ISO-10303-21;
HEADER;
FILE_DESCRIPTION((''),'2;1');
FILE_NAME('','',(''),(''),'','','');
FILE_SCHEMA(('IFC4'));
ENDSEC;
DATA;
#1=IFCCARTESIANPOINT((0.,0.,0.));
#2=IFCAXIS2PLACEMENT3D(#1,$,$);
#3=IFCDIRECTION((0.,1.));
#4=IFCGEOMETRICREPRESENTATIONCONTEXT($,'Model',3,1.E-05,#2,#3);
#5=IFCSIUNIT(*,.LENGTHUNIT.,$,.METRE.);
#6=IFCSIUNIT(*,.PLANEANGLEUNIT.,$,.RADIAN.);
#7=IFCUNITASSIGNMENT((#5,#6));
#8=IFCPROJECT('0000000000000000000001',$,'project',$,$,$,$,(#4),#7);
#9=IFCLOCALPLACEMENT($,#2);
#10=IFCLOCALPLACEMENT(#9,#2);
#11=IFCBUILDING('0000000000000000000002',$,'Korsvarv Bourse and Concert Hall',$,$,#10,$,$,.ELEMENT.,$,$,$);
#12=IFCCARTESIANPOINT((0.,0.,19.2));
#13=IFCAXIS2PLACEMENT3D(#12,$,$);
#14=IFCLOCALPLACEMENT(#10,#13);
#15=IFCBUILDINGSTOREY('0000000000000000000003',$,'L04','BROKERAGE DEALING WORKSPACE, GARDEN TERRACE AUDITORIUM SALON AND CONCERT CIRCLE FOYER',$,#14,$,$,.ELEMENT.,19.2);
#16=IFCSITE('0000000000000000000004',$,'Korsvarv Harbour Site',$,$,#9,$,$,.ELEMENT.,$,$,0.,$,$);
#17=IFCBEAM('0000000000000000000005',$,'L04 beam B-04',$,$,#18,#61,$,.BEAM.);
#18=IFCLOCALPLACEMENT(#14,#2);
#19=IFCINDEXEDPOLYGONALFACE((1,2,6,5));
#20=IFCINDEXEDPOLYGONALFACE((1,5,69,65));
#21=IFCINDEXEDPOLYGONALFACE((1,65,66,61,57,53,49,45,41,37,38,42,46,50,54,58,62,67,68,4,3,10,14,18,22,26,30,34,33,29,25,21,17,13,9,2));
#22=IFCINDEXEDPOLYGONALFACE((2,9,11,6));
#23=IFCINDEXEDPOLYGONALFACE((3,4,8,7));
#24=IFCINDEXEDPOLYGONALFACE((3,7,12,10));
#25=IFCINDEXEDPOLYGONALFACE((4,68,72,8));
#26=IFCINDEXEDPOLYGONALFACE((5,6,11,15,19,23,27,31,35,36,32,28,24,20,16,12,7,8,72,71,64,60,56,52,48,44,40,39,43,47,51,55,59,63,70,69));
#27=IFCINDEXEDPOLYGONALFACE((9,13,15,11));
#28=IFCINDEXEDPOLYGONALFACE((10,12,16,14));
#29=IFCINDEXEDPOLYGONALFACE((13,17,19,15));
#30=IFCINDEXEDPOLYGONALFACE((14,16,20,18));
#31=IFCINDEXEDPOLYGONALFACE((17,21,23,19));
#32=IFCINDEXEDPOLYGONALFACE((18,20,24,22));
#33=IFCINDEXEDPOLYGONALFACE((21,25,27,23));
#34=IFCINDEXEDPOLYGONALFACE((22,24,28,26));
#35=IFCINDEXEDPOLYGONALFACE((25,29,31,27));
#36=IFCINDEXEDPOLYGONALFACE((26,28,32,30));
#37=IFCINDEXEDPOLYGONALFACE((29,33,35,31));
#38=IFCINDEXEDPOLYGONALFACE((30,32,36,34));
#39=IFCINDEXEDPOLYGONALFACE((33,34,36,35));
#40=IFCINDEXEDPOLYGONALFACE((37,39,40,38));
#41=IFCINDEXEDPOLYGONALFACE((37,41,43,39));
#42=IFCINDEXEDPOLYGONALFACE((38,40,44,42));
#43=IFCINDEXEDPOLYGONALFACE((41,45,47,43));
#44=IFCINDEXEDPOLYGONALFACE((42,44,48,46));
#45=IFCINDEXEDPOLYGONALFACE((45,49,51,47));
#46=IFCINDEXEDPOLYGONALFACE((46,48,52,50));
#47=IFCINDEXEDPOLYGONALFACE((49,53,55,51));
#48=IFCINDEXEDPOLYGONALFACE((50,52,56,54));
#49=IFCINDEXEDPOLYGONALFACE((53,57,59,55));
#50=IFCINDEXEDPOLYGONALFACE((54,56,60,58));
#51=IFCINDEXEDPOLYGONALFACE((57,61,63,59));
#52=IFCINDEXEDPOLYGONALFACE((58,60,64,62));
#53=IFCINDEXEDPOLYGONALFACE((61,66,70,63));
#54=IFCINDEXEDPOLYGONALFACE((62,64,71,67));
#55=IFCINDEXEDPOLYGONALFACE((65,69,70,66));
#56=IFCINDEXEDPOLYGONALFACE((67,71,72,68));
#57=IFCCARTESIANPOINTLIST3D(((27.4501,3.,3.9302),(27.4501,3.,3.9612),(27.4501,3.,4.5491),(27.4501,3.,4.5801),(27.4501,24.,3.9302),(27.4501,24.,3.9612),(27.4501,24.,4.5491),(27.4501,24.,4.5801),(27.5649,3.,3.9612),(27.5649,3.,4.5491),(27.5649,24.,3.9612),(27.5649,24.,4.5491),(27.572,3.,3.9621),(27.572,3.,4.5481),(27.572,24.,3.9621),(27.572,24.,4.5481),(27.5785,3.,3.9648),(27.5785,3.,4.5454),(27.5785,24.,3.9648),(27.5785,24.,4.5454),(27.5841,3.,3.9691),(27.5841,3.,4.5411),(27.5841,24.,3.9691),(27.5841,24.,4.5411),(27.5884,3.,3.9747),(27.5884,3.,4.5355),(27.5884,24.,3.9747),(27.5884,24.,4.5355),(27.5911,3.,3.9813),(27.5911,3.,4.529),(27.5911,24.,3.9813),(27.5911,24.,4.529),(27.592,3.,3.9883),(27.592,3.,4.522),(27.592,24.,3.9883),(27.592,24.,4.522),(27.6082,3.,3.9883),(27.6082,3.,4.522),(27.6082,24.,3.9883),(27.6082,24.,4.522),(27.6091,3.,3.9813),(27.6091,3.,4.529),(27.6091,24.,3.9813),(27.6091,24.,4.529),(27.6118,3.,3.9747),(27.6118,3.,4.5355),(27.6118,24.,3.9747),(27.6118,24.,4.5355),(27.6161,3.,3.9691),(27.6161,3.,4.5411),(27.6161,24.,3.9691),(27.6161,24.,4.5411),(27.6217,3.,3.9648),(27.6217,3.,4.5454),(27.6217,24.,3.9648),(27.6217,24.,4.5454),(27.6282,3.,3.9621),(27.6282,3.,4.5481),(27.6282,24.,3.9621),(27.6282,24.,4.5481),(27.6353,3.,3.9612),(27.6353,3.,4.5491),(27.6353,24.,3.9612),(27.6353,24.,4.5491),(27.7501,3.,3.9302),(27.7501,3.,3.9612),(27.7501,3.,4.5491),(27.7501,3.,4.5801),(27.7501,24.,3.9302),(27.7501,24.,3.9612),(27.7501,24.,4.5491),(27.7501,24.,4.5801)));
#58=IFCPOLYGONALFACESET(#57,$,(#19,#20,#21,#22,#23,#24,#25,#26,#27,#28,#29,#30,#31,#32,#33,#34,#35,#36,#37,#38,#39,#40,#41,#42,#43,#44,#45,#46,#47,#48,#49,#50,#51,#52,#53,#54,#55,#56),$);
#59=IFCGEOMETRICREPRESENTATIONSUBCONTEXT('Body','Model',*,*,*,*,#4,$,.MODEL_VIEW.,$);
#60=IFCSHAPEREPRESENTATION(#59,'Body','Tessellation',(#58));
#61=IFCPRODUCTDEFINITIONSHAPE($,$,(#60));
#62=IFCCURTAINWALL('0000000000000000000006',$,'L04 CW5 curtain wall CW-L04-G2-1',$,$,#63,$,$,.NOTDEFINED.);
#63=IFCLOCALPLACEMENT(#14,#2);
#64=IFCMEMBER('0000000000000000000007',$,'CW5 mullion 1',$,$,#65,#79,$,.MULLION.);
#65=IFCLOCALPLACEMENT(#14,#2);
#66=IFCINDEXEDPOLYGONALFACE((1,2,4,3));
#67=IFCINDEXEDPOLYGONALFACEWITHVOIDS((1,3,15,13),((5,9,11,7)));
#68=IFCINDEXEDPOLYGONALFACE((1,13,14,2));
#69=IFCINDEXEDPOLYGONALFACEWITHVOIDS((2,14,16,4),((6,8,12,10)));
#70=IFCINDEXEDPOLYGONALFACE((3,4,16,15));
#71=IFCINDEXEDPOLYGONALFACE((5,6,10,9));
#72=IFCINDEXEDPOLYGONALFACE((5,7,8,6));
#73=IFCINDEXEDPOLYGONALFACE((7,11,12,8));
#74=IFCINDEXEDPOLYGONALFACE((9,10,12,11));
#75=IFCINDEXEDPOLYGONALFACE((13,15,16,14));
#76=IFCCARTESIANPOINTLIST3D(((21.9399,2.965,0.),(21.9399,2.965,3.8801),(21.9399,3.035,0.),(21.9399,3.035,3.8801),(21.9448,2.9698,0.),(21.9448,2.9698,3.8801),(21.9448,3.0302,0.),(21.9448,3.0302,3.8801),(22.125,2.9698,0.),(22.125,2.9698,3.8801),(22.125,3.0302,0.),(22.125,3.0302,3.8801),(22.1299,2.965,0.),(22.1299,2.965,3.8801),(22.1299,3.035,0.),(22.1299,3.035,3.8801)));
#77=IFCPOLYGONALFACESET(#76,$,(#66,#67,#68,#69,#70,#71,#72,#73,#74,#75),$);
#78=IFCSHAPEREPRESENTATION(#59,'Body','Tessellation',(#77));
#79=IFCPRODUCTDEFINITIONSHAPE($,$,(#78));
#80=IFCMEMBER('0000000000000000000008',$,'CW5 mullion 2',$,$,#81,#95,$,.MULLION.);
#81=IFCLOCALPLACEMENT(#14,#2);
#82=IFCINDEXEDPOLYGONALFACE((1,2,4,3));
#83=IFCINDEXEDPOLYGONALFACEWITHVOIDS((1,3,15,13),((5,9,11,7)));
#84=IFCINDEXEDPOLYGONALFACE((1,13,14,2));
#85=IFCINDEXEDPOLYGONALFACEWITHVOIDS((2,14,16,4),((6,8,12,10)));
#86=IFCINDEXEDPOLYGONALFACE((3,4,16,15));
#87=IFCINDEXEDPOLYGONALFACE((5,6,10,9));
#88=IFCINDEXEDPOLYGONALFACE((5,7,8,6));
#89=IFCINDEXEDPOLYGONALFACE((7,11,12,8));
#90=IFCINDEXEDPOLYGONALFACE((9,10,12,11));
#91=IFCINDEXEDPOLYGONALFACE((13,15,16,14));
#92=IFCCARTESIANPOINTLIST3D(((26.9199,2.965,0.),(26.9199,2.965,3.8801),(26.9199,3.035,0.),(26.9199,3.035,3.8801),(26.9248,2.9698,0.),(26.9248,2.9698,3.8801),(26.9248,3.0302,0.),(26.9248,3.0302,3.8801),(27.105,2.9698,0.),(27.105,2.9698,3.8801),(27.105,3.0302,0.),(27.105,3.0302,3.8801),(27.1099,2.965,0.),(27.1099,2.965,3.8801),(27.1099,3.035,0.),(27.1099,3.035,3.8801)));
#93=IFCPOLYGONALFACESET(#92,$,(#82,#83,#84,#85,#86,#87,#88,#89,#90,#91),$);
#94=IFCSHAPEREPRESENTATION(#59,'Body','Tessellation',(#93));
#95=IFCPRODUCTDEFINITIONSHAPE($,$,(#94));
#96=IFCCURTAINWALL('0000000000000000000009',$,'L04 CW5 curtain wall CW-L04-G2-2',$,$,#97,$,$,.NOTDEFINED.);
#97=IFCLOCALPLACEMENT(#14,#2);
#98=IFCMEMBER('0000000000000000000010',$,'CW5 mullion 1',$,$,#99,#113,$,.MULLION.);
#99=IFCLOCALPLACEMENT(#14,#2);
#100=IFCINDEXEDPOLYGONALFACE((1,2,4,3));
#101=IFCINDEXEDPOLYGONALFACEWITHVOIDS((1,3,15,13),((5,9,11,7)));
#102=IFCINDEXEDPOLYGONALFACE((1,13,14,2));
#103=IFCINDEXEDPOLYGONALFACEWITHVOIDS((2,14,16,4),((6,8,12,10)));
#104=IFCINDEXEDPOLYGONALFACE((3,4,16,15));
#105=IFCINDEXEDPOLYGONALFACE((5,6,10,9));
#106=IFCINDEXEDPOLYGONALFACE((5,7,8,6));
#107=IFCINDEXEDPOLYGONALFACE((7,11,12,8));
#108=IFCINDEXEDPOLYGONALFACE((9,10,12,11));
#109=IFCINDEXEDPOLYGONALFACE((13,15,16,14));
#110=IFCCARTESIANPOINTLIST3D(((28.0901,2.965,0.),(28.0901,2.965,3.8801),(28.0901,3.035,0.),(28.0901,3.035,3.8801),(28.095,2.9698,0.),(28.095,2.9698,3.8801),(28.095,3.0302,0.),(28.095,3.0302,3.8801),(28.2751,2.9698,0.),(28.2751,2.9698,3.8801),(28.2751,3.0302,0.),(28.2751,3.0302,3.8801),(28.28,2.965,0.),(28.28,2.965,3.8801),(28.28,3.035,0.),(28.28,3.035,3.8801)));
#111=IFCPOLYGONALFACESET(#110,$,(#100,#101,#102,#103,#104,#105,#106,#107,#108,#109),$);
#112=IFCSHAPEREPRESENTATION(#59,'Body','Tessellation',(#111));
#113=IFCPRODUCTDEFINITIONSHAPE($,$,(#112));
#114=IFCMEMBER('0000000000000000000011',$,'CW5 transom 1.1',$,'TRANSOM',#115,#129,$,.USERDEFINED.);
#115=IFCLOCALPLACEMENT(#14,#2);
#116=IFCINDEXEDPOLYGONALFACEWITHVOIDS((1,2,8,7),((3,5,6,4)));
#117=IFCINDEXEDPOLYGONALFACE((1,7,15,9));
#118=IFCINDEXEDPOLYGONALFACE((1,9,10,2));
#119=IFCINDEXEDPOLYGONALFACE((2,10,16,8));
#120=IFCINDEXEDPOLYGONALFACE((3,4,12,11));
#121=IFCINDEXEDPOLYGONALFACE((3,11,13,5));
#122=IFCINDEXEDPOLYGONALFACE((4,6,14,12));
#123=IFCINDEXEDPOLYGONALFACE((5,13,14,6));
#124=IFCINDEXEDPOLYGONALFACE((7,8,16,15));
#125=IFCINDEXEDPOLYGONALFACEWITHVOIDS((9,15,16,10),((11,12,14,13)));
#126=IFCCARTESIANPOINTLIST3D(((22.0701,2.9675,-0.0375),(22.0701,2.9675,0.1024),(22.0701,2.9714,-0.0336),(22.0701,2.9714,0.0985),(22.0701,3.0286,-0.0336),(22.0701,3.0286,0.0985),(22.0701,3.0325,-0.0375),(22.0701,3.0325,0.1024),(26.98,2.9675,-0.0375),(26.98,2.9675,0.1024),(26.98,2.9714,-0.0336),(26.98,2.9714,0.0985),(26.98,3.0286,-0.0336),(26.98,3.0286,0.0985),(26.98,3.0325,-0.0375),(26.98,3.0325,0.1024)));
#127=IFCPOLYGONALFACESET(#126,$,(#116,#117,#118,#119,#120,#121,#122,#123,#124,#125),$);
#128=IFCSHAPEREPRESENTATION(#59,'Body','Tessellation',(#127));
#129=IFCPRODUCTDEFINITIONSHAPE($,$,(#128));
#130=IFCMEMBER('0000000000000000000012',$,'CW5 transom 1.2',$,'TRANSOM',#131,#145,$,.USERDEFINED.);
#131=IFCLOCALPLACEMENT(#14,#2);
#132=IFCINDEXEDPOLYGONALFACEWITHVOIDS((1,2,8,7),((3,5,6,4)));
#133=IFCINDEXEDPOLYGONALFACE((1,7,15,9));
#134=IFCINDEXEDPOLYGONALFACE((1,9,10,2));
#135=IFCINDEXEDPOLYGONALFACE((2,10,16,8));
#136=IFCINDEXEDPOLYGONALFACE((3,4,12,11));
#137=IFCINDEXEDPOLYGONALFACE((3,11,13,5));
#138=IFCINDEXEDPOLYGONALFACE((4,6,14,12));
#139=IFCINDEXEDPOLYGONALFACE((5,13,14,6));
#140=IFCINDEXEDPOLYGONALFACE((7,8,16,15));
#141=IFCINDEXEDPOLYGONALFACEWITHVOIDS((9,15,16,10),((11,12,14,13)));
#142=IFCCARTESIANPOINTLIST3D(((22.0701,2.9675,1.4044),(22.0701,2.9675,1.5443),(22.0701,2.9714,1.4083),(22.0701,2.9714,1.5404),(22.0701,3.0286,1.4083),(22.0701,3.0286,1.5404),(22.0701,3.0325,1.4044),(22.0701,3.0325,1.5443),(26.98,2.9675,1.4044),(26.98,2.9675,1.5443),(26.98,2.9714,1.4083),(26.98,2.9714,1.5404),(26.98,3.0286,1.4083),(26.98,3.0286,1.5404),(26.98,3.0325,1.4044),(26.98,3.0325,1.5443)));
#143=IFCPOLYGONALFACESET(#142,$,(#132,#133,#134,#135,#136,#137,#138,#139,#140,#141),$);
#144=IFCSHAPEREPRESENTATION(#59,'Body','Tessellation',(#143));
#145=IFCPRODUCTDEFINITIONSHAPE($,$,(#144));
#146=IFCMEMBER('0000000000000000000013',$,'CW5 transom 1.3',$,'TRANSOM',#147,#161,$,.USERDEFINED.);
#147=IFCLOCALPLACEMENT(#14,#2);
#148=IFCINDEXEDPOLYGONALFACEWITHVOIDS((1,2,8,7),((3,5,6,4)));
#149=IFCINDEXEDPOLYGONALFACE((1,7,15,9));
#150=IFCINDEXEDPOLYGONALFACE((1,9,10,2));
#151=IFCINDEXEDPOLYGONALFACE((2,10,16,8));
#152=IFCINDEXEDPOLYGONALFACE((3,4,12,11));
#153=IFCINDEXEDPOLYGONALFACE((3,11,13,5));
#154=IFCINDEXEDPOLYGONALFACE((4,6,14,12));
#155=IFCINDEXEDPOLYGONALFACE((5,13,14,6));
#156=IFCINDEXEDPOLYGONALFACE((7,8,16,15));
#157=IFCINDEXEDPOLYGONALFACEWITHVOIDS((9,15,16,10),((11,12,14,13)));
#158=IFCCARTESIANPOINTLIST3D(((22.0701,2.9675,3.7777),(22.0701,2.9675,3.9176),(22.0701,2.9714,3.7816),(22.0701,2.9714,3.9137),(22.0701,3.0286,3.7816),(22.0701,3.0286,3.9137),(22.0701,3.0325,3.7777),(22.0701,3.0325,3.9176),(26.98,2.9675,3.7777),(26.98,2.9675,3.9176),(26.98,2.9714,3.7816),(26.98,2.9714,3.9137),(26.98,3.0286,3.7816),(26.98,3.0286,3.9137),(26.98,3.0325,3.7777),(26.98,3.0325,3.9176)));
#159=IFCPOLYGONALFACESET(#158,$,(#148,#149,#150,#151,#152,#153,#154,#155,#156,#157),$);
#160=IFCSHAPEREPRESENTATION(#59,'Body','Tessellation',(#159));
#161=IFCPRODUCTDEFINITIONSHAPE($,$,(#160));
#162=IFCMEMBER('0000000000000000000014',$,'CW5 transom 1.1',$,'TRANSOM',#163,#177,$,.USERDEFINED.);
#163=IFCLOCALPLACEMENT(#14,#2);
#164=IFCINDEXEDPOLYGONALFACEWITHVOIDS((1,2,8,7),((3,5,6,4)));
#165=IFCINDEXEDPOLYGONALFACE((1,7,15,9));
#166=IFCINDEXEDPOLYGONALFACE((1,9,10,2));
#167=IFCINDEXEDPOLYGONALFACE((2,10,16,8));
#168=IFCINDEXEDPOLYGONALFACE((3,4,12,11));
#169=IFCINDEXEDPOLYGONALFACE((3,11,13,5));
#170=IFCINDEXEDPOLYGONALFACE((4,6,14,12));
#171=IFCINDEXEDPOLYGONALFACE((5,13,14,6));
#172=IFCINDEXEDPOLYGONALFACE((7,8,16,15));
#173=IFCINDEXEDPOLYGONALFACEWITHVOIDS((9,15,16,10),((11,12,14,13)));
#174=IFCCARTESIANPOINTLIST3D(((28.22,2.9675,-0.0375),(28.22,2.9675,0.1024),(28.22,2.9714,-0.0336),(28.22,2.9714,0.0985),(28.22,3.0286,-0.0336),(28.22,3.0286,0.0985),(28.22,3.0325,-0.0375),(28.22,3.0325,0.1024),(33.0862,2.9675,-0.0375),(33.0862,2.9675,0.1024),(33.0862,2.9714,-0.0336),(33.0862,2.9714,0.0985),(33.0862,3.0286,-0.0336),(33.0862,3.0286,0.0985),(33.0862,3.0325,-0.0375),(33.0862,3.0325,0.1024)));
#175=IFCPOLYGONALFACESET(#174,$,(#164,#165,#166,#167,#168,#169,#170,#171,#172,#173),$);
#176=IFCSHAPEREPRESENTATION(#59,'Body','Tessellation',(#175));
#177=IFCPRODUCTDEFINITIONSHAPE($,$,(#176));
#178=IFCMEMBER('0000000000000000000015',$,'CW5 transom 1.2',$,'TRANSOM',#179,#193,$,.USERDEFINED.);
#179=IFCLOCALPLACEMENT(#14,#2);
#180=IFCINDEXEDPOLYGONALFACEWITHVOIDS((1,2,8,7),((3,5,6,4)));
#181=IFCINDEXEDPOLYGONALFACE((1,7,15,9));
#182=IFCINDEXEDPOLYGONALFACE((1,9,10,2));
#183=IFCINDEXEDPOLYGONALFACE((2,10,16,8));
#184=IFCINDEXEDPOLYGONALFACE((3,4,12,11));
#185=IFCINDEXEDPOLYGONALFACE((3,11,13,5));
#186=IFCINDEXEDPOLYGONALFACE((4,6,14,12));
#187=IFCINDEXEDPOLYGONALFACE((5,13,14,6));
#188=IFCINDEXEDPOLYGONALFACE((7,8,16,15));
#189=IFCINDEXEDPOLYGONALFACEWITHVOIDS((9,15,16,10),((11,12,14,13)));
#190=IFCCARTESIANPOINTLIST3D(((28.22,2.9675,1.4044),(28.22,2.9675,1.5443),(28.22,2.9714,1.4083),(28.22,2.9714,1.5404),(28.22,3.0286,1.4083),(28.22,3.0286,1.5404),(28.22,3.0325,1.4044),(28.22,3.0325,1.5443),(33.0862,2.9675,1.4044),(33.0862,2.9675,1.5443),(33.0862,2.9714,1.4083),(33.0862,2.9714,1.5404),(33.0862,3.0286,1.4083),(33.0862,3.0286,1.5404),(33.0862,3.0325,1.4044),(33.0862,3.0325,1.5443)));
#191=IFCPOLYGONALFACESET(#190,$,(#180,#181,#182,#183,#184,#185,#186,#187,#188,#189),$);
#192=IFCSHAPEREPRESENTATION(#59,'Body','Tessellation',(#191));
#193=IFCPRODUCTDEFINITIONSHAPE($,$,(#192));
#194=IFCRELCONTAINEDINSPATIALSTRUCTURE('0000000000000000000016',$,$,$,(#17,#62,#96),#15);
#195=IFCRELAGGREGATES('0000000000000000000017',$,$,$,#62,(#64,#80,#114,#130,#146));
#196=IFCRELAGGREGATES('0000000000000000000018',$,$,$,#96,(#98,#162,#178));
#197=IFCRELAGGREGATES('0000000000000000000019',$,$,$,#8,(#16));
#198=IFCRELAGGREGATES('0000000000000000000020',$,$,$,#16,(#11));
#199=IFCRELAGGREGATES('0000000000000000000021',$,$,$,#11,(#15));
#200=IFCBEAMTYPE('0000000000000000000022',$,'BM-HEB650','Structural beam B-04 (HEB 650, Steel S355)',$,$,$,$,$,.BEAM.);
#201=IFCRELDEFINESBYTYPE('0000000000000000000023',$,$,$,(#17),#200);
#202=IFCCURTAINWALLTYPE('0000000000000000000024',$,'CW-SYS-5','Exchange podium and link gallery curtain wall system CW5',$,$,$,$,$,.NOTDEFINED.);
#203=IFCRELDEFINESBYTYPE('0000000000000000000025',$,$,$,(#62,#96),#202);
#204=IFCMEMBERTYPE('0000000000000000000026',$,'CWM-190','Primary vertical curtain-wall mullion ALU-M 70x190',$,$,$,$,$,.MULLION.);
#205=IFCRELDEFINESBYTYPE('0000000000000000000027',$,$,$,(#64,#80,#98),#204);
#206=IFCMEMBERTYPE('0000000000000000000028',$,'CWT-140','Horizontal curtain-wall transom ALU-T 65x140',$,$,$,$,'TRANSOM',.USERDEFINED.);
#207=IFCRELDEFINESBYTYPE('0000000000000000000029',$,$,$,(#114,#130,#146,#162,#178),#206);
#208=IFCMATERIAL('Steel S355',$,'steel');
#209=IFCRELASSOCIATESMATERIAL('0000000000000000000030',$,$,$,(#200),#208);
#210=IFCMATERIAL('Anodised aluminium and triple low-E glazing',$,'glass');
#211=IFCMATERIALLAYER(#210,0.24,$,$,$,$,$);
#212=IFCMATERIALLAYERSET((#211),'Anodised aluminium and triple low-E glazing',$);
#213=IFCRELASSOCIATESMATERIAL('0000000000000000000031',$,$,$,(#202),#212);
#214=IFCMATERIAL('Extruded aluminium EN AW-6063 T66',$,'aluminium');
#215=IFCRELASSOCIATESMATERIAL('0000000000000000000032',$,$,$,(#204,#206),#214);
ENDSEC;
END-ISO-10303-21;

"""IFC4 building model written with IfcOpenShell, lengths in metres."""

from ifc_helpers import new_model, si_unit, direction, frame, origin, origin_2d, place, context, subcontext, project, spatial, hollow_rectangle, i_section, extrude, source, transform, mapped, material, layer, layer_set, material_profile, profile_set, type_object, element, aggregate, save


model = new_model("IFC4")

# Units and contexts
model_context = context("Model", 3, precision=1e-05, world=origin(), true_north=direction((0.0, 1.0)))
body_context = subcontext(model_context, "Body", "Model", "MODEL_VIEW")
ifc_project = project(units=[si_unit("LENGTHUNIT", "METRE"), si_unit("PLANEANGLEUNIT", "RADIAN")], contexts=[model_context])

# Site, building, storey
site_placement = place(None, origin())
site = spatial("IfcSite", under=ifc_project, at=site_placement, Name="Korsvarv Harbour Site", CompositionType="ELEMENT", RefElevation=0.0)
building_placement = place(site_placement, origin())
building = spatial("IfcBuilding", under=site, at=building_placement, Name="Korsvarv Bourse and Concert Hall", CompositionType="ELEMENT")
storey_placement = place(building_placement, frame((0.0, 0.0, 19.2)))
storey = spatial("IfcBuildingStorey", under=building, at=storey_placement, Name="L04", Description="BROKERAGE DEALING WORKSPACE, GARDEN TERRACE AUDITORIUM SALON AND CONCERT CIRCLE FOYER", CompositionType="ELEMENT", Elevation=19.2)

# Beam
ifc_material_1 = material(Name="Steel S355", Category="steel")
ifc_material_profile_1 = material_profile(ifc_material_1, i_section(OverallWidth=0.3, OverallDepth=0.6499, WebThickness=0.0161, FlangeThickness=0.031, FilletRadius=0.0271, at=origin_2d()), Name="HEB 650")
ifc_profile_set_1 = profile_set([ifc_material_profile_1], Name="Steel S355")
beam_type_1 = type_object("IfcBeamType", Name="BM-HEB650", Description="Structural beam B-04 (HEB 650, Steel S355)", PredefinedType="BEAM", material=ifc_profile_set_1)
shared_shape_1 = source(origin(), body_context, "Body", "SweptSolid", [
    extrude(i_section(OverallWidth=0.3, OverallDepth=0.6499, WebThickness=0.0161, FlangeThickness=0.031, FilletRadius=0.0271, at=origin_2d()), origin(), (0.0, 0.0, 1.0), 21.0),
])
beam_1_placement = place(storey_placement, frame((27.6001, 3.0, 4.2551), z_axis=(0.0, 1.0, 0.0), x_axis=(-1.0, 0.0, 0.0)))
element("IfcBeam", 1, at=beam_1_placement, inside=storey, type_object=beam_type_1, Name="L04 beam B-04", PredefinedType="BEAM", context=body_context, shape_type="MappedRepresentation", body=[
    mapped(shared_shape_1, transform((0.0, 0.0, 0.0), scale=1.0)),
])

# Curtain wall, members
ifc_material_2 = material(Name="Anodised aluminium and triple low-E glazing", Category="glass")
ifc_layer_1 = layer(ifc_material_2, 0.24)
ifc_layer_set_1 = layer_set([ifc_layer_1], Name="Anodised aluminium and triple low-E glazing")
curtain_wall_type = type_object("IfcCurtainWallType", Name="CW-SYS-5", Description="Exchange podium and link gallery curtain wall system CW5", PredefinedType="NOTDEFINED", material=ifc_layer_set_1)
curtain_wall_1_placement = place(storey_placement, origin())
curtain_wall_1 = element("IfcCurtainWall", 2, at=curtain_wall_1_placement, inside=storey, type_object=curtain_wall_type, Name="L04 CW5 curtain wall CW-L04-G2-1", PredefinedType="NOTDEFINED")
ifc_material_3 = material(Name="Extruded aluminium EN AW-6063 T66", Category="aluminium")
ifc_material_profile_2 = material_profile(ifc_material_3, hollow_rectangle(XDim=0.0701, YDim=0.1899, WallThickness=0.0049, at=origin_2d()), Name="ALU-M 70x190")
ifc_profile_set_2 = profile_set([ifc_material_profile_2], Name="Extruded aluminium EN AW-6063 T66")
member_type_1 = type_object("IfcMemberType", Name="CWM-190", Description="Primary vertical curtain-wall mullion ALU-M 70x190", PredefinedType="MULLION", material=ifc_profile_set_2)
shared_shape_2 = source(origin(), body_context, "Body", "SweptSolid", [
    extrude(hollow_rectangle(XDim=0.0701, YDim=0.1899, WallThickness=0.0049, at=origin_2d()), origin(), (0.0, 0.0, 1.0), 3.8801),
])
member_1_placement = place(storey_placement, frame((22.0349, 3.0, 0.0), z_axis=(0.0, 0.0, 1.0), x_axis=(0.0, 1.0, 0.0)))
member_1 = element("IfcMember", 3, at=member_1_placement, type_object=member_type_1, Name="CW5 mullion 1", PredefinedType="MULLION", context=body_context, shape_type="MappedRepresentation", body=[
    mapped(shared_shape_2, transform((0.0, 0.0, 0.0), scale=1.0)),
])
member_2_placement = place(storey_placement, frame((27.0149, 3.0, 0.0), z_axis=(0.0, 0.0, 1.0), x_axis=(0.0, 1.0, 0.0)))
member_2 = element("IfcMember", 4, at=member_2_placement, type_object=member_type_1, Name="CW5 mullion 2", PredefinedType="MULLION", context=body_context, shape_type="MappedRepresentation", body=[
    mapped(shared_shape_2, transform((0.0, 0.0, 0.0), scale=1.0)),
])

# Curtain wall, member
curtain_wall_2_placement = place(storey_placement, origin())
curtain_wall_2 = element("IfcCurtainWall", 5, at=curtain_wall_2_placement, inside=storey, type_object=curtain_wall_type, Name="L04 CW5 curtain wall CW-L04-G2-2", PredefinedType="NOTDEFINED")
member_3_placement = place(storey_placement, frame((28.1851, 3.0, 0.0), z_axis=(0.0, 0.0, 1.0), x_axis=(0.0, 1.0, 0.0)))
member_3 = element("IfcMember", 6, at=member_3_placement, type_object=member_type_1, Name="CW5 mullion 1", PredefinedType="MULLION", context=body_context, shape_type="MappedRepresentation", body=[
    mapped(shared_shape_2, transform((0.0, 0.0, 0.0), scale=1.0)),
])

# Members
ifc_material_profile_3 = material_profile(ifc_material_3, hollow_rectangle(XDim=0.0649, YDim=0.1399, WallThickness=0.0039, at=origin_2d()), Name="ALU-T 65x140")
ifc_profile_set_3 = profile_set([ifc_material_profile_3], Name="Extruded aluminium EN AW-6063 T66")
member_type_2 = type_object("IfcMemberType", Name="CWT-140", Description="Horizontal curtain-wall transom ALU-T 65x140", ElementType="TRANSOM", PredefinedType="USERDEFINED", material=ifc_profile_set_3)
shared_shape_3 = source(origin(), body_context, "Body", "SweptSolid", [
    extrude(hollow_rectangle(XDim=0.0649, YDim=0.1399, WallThickness=0.0039, at=origin_2d()), origin(), (0.0, 0.0, 1.0), 4.9099),
])
member_4_placement = place(storey_placement, frame((22.0701, 3.0, 0.0325), z_axis=(1.0, 0.0, 0.0), x_axis=(0.0, 1.0, 0.0)))
member_4 = element("IfcMember", 7, at=member_4_placement, type_object=member_type_2, Name="CW5 transom 1.1", ObjectType="TRANSOM", PredefinedType="USERDEFINED", context=body_context, shape_type="MappedRepresentation", body=[
    mapped(shared_shape_3, transform((0.0, 0.0, 0.0), scale=1.0)),
])
member_5_placement = place(storey_placement, frame((22.0701, 3.0, 1.4744), z_axis=(1.0, 0.0, 0.0), x_axis=(0.0, 1.0, 0.0)))
member_5 = element("IfcMember", 8, at=member_5_placement, type_object=member_type_2, Name="CW5 transom 1.2", ObjectType="TRANSOM", PredefinedType="USERDEFINED", context=body_context, shape_type="MappedRepresentation", body=[
    mapped(shared_shape_3, transform((0.0, 0.0, 0.0), scale=1.0)),
])
member_6_placement = place(storey_placement, frame((22.0701, 3.0, 3.8477), z_axis=(1.0, 0.0, 0.0), x_axis=(0.0, 1.0, 0.0)))
member_6 = element("IfcMember", 9, at=member_6_placement, type_object=member_type_2, Name="CW5 transom 1.3", ObjectType="TRANSOM", PredefinedType="USERDEFINED", context=body_context, shape_type="MappedRepresentation", body=[
    mapped(shared_shape_3, transform((0.0, 0.0, 0.0), scale=1.0)),
])
shared_shape_4 = source(origin(), body_context, "Body", "SweptSolid", [
    extrude(hollow_rectangle(XDim=0.0649, YDim=0.1399, WallThickness=0.0039, at=origin_2d()), origin(), (0.0, 0.0, 1.0), 4.8662),
])
member_7_placement = place(storey_placement, frame((28.22, 3.0, 0.0325), z_axis=(1.0, 0.0, 0.0), x_axis=(0.0, 1.0, 0.0)))
member_7 = element("IfcMember", 10, at=member_7_placement, type_object=member_type_2, Name="CW5 transom 1.1", ObjectType="TRANSOM", PredefinedType="USERDEFINED", context=body_context, shape_type="MappedRepresentation", body=[
    mapped(shared_shape_4, transform((0.0, 0.0, 0.0), scale=1.0)),
])
member_8_placement = place(storey_placement, frame((28.22, 3.0, 1.4744), z_axis=(1.0, 0.0, 0.0), x_axis=(0.0, 1.0, 0.0)))
member_8 = element("IfcMember", 11, at=member_8_placement, type_object=member_type_2, Name="CW5 transom 1.2", ObjectType="TRANSOM", PredefinedType="USERDEFINED", context=body_context, shape_type="MappedRepresentation", body=[
    mapped(shared_shape_4, transform((0.0, 0.0, 0.0), scale=1.0)),
])

aggregate(curtain_wall_1, [member_1, member_2, member_4, member_5, member_6])
aggregate(curtain_wall_2, [member_3, member_7, member_8])

save(model, "model.ifc")
